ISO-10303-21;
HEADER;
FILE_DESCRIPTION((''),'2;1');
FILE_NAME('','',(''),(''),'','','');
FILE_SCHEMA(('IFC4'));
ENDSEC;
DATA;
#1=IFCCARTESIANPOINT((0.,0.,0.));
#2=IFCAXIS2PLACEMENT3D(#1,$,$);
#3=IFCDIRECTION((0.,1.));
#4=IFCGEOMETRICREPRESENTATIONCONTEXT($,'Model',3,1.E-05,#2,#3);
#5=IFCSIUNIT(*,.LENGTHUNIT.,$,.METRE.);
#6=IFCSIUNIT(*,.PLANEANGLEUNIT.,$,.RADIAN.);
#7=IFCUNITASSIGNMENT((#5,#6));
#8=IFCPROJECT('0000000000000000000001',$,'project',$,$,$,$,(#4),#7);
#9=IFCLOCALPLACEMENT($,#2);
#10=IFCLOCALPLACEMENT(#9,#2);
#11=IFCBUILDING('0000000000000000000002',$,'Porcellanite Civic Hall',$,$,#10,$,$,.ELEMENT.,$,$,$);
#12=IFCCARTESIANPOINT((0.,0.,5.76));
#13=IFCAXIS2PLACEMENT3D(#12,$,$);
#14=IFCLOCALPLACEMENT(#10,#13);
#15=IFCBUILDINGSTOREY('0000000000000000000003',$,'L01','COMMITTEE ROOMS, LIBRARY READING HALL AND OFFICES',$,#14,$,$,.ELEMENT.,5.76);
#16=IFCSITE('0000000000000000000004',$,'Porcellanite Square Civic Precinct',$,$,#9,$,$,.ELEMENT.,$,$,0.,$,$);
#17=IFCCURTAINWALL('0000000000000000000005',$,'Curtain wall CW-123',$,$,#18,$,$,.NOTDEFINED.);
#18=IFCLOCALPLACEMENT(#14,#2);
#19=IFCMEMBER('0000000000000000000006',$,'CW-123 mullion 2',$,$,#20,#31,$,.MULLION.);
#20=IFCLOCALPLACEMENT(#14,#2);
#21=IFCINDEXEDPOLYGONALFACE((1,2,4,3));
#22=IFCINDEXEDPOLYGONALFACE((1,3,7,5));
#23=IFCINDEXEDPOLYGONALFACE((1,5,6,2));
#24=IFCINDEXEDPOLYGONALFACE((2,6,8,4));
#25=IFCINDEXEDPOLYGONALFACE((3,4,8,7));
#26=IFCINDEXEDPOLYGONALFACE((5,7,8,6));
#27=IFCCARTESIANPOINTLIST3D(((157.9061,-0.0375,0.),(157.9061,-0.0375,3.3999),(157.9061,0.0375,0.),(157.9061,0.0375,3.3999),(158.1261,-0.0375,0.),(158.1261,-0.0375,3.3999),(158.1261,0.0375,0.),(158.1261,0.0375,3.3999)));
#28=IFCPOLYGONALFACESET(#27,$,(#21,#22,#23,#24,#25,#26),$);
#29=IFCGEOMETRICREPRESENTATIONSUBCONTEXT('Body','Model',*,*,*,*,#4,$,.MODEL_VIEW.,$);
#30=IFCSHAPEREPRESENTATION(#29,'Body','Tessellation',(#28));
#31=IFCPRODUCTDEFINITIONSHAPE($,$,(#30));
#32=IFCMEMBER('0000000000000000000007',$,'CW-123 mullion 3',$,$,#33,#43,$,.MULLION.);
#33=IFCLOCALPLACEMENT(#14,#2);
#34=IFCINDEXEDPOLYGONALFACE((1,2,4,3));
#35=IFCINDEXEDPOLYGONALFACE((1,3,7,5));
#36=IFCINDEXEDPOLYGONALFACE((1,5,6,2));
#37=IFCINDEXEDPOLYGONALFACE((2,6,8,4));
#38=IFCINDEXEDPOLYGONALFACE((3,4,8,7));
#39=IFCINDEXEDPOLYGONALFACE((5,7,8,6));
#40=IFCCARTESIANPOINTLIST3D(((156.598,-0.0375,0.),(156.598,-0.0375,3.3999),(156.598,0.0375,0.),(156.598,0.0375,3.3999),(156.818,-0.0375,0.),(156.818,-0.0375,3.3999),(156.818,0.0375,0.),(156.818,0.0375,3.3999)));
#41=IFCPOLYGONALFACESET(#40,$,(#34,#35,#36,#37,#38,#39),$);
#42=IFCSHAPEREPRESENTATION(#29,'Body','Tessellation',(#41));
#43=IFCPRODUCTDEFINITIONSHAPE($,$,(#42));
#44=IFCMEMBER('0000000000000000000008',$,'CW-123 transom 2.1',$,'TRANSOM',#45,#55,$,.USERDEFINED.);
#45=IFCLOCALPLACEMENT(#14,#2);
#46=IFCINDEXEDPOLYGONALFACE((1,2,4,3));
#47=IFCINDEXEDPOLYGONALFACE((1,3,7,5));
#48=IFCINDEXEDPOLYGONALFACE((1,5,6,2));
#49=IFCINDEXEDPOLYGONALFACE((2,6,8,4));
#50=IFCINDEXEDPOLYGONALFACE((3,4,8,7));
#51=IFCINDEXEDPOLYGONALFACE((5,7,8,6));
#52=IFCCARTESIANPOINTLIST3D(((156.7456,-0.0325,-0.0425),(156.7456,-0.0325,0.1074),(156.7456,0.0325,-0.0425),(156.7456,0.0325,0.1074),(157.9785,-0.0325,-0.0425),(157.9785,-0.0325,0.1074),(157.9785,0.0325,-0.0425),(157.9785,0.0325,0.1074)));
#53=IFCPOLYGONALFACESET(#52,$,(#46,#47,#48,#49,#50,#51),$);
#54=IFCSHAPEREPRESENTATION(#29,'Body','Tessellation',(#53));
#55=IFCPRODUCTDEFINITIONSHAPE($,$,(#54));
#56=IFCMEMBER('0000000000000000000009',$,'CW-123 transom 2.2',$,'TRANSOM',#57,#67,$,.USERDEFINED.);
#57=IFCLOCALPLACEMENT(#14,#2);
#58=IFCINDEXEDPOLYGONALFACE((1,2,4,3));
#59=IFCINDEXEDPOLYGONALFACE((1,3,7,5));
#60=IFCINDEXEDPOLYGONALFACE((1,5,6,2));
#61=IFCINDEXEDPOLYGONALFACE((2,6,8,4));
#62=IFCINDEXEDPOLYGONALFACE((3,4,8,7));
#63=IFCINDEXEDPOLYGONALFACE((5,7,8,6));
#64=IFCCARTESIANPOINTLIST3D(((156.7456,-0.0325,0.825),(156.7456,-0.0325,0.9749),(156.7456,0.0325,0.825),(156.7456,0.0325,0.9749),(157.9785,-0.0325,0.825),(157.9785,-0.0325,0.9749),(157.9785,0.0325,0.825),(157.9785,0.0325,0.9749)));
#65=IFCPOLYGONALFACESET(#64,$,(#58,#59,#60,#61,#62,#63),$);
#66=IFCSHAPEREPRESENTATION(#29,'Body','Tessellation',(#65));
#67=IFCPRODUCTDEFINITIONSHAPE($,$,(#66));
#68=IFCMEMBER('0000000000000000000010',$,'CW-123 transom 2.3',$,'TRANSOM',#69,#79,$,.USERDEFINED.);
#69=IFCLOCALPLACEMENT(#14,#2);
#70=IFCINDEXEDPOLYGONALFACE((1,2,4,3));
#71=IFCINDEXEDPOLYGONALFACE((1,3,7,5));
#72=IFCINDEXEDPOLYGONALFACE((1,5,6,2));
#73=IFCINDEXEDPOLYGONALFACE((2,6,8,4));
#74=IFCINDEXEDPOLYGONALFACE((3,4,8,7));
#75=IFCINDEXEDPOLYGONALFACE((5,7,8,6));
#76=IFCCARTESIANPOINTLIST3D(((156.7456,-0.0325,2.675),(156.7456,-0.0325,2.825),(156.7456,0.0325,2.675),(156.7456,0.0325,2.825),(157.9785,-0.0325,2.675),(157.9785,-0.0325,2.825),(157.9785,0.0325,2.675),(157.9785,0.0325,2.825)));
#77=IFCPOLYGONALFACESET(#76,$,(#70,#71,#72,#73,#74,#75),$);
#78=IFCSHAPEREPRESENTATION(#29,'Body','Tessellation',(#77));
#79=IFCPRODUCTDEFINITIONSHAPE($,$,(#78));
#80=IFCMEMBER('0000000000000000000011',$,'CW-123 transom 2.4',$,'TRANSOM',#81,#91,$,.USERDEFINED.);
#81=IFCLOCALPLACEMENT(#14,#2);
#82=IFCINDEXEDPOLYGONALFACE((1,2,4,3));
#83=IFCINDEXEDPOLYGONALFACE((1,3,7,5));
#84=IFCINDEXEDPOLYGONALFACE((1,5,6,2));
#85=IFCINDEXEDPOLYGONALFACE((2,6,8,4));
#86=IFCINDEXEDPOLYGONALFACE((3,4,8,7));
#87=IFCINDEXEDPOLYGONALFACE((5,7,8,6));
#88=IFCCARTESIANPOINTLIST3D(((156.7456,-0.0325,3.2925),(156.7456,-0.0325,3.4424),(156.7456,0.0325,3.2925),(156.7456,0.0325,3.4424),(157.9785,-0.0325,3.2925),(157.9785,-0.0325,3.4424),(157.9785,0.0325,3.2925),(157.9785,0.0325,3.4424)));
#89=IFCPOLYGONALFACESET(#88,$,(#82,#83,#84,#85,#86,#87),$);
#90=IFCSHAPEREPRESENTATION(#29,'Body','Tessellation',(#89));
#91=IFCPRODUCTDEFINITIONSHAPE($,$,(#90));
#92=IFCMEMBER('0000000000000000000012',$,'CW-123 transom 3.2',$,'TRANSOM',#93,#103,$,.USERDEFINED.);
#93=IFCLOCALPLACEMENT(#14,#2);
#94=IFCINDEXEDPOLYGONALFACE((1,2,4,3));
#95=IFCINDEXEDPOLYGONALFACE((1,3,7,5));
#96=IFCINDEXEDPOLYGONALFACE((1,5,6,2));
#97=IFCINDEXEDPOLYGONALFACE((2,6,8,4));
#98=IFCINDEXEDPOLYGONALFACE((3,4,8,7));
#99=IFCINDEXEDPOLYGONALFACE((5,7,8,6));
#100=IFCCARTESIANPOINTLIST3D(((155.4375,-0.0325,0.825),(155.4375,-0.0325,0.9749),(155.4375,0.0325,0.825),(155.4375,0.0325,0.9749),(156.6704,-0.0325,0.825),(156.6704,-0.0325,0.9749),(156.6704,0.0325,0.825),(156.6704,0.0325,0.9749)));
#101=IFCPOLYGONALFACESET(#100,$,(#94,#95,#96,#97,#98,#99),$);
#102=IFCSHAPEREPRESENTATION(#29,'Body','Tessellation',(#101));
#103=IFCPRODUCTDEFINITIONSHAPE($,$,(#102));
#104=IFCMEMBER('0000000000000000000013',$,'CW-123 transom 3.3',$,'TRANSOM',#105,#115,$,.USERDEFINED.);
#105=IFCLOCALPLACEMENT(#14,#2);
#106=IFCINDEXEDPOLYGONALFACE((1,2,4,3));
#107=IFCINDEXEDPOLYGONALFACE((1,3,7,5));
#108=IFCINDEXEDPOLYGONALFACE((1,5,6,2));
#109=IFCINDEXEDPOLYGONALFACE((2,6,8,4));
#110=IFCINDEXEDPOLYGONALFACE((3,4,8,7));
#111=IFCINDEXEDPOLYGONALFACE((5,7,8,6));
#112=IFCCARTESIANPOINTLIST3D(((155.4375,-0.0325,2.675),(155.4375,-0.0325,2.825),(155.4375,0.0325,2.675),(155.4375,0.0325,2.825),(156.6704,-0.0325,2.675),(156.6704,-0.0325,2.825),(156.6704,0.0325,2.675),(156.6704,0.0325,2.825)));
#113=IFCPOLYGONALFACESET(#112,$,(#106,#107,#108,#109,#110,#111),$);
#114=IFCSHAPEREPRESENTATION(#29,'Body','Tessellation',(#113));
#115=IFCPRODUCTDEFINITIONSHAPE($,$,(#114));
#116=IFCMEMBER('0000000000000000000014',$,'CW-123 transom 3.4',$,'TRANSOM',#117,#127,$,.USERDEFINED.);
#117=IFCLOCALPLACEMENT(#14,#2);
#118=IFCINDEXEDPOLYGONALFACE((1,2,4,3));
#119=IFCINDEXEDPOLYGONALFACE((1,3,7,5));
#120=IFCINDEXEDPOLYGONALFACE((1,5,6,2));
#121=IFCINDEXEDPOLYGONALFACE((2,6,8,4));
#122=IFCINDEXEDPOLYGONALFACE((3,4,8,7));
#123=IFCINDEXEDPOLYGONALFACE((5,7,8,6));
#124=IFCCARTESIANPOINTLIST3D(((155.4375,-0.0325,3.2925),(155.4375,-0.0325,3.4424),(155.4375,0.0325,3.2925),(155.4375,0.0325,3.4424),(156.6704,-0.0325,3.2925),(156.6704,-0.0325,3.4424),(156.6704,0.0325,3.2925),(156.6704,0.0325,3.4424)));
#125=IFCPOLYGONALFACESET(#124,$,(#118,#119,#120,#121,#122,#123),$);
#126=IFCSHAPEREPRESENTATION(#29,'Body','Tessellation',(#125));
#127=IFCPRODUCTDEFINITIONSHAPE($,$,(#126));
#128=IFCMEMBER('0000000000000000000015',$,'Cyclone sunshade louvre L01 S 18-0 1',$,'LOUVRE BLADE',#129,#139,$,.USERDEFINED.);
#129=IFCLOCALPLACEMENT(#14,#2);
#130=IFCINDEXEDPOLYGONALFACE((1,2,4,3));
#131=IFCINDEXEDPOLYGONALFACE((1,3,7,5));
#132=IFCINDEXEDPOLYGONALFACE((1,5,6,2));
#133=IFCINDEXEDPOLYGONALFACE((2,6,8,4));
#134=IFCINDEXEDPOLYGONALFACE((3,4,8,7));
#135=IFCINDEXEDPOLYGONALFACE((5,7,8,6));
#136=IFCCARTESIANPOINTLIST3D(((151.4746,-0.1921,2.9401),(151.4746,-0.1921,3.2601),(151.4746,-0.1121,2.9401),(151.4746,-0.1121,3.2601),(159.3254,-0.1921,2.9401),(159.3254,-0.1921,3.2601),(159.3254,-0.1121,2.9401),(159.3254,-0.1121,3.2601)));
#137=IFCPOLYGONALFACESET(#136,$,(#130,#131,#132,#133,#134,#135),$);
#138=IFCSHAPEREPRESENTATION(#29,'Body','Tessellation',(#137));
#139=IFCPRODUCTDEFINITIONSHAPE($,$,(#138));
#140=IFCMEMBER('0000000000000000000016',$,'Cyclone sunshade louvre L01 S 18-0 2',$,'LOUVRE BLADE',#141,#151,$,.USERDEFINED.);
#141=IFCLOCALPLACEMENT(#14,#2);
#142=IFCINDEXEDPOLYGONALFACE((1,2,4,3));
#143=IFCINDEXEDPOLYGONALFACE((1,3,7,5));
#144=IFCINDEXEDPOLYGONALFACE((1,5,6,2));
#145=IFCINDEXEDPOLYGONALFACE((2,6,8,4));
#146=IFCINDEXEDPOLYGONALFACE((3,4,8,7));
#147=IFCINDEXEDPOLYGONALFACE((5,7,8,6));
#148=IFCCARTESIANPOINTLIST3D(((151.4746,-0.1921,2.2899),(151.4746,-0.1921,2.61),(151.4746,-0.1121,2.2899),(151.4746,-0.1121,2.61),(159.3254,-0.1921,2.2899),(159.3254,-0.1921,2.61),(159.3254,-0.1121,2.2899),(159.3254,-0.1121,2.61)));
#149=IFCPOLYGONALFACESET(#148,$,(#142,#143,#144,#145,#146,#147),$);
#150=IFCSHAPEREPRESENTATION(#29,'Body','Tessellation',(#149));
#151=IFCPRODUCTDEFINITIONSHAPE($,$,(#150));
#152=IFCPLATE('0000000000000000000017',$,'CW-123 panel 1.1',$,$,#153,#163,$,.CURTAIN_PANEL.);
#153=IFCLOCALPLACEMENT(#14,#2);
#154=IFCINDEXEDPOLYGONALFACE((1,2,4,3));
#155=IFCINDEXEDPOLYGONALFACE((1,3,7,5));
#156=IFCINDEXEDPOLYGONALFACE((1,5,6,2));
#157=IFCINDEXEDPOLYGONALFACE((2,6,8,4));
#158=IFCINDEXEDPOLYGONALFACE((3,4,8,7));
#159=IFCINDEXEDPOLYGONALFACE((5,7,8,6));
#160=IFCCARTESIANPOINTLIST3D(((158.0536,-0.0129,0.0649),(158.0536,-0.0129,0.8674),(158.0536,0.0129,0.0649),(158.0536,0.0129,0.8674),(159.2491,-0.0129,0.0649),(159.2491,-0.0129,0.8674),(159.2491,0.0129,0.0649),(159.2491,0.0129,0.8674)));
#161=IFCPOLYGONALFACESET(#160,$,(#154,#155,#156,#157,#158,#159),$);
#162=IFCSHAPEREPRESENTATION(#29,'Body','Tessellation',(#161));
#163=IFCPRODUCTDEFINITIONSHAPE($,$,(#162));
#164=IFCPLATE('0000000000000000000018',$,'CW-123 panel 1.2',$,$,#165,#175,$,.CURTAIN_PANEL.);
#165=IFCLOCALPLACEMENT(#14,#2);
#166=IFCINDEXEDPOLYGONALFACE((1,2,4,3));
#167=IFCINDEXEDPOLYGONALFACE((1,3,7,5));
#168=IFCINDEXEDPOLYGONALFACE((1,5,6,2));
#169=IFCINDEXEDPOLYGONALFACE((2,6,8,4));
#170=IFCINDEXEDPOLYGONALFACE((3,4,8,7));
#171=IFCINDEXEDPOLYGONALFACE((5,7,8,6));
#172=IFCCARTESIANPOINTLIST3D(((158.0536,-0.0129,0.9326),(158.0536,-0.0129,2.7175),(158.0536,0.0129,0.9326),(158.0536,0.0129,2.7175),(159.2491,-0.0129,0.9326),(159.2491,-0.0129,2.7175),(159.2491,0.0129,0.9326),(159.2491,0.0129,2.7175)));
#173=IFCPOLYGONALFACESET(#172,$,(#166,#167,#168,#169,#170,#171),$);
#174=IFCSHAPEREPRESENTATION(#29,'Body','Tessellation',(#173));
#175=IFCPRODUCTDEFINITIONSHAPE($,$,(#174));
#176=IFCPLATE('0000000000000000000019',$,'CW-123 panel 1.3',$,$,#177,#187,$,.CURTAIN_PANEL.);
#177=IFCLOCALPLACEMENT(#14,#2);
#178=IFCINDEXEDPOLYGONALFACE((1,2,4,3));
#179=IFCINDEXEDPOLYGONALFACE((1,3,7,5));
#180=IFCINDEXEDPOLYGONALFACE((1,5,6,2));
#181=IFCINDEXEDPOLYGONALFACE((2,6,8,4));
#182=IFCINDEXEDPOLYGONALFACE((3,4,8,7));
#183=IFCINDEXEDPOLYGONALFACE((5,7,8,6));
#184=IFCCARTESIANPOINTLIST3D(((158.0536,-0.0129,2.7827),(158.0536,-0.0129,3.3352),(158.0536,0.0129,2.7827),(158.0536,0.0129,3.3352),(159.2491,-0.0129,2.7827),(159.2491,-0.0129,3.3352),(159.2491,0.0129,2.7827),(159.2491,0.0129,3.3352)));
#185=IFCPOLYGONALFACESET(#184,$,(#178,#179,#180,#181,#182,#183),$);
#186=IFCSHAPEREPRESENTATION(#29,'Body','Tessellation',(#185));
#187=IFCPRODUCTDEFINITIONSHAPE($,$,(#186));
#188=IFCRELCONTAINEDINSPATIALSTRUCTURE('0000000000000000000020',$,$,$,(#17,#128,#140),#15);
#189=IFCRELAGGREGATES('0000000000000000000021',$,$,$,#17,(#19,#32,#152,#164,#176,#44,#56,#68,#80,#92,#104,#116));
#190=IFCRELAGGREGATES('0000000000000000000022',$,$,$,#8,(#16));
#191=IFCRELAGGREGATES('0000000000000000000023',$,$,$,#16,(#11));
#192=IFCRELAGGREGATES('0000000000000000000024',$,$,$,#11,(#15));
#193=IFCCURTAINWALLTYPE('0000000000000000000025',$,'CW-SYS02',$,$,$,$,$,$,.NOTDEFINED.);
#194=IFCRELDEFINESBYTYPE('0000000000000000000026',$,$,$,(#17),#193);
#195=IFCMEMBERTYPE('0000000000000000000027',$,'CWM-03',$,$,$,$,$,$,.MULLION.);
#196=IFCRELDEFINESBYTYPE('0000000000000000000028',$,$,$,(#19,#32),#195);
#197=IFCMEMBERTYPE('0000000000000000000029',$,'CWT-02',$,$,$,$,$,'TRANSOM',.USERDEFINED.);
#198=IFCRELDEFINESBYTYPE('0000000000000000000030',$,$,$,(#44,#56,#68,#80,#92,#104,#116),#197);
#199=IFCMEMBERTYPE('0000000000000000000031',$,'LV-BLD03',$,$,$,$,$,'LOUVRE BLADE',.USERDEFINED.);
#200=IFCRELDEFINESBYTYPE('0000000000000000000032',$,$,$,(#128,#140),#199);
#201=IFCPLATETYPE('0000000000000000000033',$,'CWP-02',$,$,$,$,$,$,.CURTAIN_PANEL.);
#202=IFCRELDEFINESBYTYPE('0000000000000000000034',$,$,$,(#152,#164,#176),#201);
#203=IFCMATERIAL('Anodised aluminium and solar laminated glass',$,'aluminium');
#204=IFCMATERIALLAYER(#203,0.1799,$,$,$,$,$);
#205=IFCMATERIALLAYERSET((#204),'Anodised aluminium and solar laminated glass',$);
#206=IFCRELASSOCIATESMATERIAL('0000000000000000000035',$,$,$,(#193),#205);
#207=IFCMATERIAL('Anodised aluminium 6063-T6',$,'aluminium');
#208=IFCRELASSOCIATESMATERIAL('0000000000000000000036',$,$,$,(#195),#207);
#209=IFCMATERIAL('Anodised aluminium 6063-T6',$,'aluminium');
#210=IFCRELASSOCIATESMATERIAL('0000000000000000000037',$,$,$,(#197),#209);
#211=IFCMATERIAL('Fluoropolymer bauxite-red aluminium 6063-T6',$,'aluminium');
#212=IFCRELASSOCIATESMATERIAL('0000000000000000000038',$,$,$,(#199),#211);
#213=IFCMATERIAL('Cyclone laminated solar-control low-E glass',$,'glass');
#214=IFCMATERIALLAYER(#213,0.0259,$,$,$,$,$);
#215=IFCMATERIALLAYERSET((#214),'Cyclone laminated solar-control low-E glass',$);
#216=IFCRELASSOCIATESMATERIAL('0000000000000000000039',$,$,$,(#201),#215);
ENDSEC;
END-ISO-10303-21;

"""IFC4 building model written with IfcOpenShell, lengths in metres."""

from ifc_helpers import new_model, si_unit, direction, frame, origin, origin_2d, place, context, subcontext, project, spatial, rectangle, extrude, material, layer, layer_set, material_profile, profile_set, type_object, element, aggregate, save


model = new_model("IFC4")

# Units and contexts
model_context = context("Model", 3, precision=1e-05, world=origin(), true_north=direction((0.0, 1.0)))
body_context = subcontext(model_context, "Body", "Model", "MODEL_VIEW")
ifc_project = project(units=[si_unit("LENGTHUNIT", "METRE"), si_unit("PLANEANGLEUNIT", "RADIAN")], contexts=[model_context])

# Site, building, storey
site_placement = place(None, origin())
site = spatial("IfcSite", under=ifc_project, at=site_placement, Name="Porcellanite Square Civic Precinct", CompositionType="ELEMENT", RefElevation=0.0)
building_placement = place(site_placement, origin())
building = spatial("IfcBuilding", under=site, at=building_placement, Name="Porcellanite Civic Hall", CompositionType="ELEMENT")
storey_placement = place(building_placement, frame((0.0, 0.0, 5.76)))
storey = spatial("IfcBuildingStorey", under=building, at=storey_placement, Name="L01", Description="COMMITTEE ROOMS, LIBRARY READING HALL AND OFFICES", CompositionType="ELEMENT", Elevation=5.76)

# Curtain wall, members
ifc_material_1 = material(Name="Anodised aluminium and solar laminated glass", Category="aluminium")
ifc_layer_1 = layer(ifc_material_1, 0.1799)
ifc_layer_set_1 = layer_set([ifc_layer_1], Name="Anodised aluminium and solar laminated glass")
curtain_wall_type = type_object("IfcCurtainWallType", Name="CW-SYS02", PredefinedType="NOTDEFINED", material=ifc_layer_set_1)
curtain_wall_placement = place(storey_placement, origin())
curtain_wall = element("IfcCurtainWall", 1, at=curtain_wall_placement, inside=storey, type_object=curtain_wall_type, Name="Curtain wall CW-123", PredefinedType="NOTDEFINED")
ifc_material_2 = material(Name="Anodised aluminium 6063-T6", Category="aluminium")
ifc_material_profile_1 = material_profile(ifc_material_2, rectangle(XDim=0.075, YDim=0.22, at=origin_2d()), Name="AL-75x220")
ifc_profile_set_1 = profile_set([ifc_material_profile_1], Name="Anodised aluminium 6063-T6")
member_type_1 = type_object("IfcMemberType", Name="CWM-03", PredefinedType="MULLION", material=ifc_profile_set_1)
member_1_placement = place(storey_placement, frame((158.0161, 0.0, 0.0), z_axis=(0.0, 0.0, 1.0), x_axis=(0.0, -1.0, 0.0)))
member_1 = element("IfcMember", 2, at=member_1_placement, type_object=member_type_1, Name="CW-123 mullion 2", PredefinedType="MULLION", context=body_context, shape_type="SweptSolid", body=[
    extrude(rectangle(XDim=0.075, YDim=0.22, at=origin_2d()), origin(), (0.0, 0.0, 1.0), 3.3999),
])
member_2_placement = place(storey_placement, frame((156.708, 0.0, 0.0), z_axis=(0.0, 0.0, 1.0), x_axis=(0.0, -1.0, 0.0)))
member_2 = element("IfcMember", 3, at=member_2_placement, type_object=member_type_1, Name="CW-123 mullion 3", PredefinedType="MULLION", context=body_context, shape_type="SweptSolid", body=[
    extrude(rectangle(XDim=0.075, YDim=0.22, at=origin_2d()), origin(), (0.0, 0.0, 1.0), 3.3999),
])
ifc_material_3 = material(Name="Anodised aluminium 6063-T6", Category="aluminium")
ifc_material_profile_2 = material_profile(ifc_material_3, rectangle(XDim=0.0649, YDim=0.1499, at=origin_2d()), Name="AL-65x150")
ifc_profile_set_2 = profile_set([ifc_material_profile_2], Name="Anodised aluminium 6063-T6")
member_type_2 = type_object("IfcMemberType", Name="CWT-02", ElementType="TRANSOM", PredefinedType="USERDEFINED", material=ifc_profile_set_2)
member_3_placement = place(storey_placement, frame((157.9785, 0.0, 0.0325), z_axis=(-1.0, 0.0, 0.0), x_axis=(0.0, -1.0, 0.0)))
member_3 = element("IfcMember", 4, at=member_3_placement, type_object=member_type_2, Name="CW-123 transom 2.1", ObjectType="TRANSOM", PredefinedType="USERDEFINED", context=body_context, shape_type="SweptSolid", body=[
    extrude(rectangle(XDim=0.0649, YDim=0.1499, at=origin_2d()), origin(), (0.0, 0.0, 1.0), 1.2329),
])
member_4_placement = place(storey_placement, frame((157.9785, 0.0, 0.8999), z_axis=(-1.0, 0.0, 0.0), x_axis=(0.0, -1.0, 0.0)))
member_4 = element("IfcMember", 5, at=member_4_placement, type_object=member_type_2, Name="CW-123 transom 2.2", ObjectType="TRANSOM", PredefinedType="USERDEFINED", context=body_context, shape_type="SweptSolid", body=[
    extrude(rectangle(XDim=0.0649, YDim=0.1499, at=origin_2d()), origin(), (0.0, 0.0, 1.0), 1.2329),
])
member_5_placement = place(storey_placement, frame((157.9785, 0.0, 2.75), z_axis=(-1.0, 0.0, 0.0), x_axis=(0.0, -1.0, 0.0)))
member_5 = element("IfcMember", 6, at=member_5_placement, type_object=member_type_2, Name="CW-123 transom 2.3", ObjectType="TRANSOM", PredefinedType="USERDEFINED", context=body_context, shape_type="SweptSolid", body=[
    extrude(rectangle(XDim=0.0649, YDim=0.1499, at=origin_2d()), origin(), (0.0, 0.0, 1.0), 1.2329),
])
member_6_placement = place(storey_placement, frame((157.9785, 0.0, 3.3674), z_axis=(-1.0, 0.0, 0.0), x_axis=(0.0, -1.0, 0.0)))
member_6 = element("IfcMember", 7, at=member_6_placement, type_object=member_type_2, Name="CW-123 transom 2.4", ObjectType="TRANSOM", PredefinedType="USERDEFINED", context=body_context, shape_type="SweptSolid", body=[
    extrude(rectangle(XDim=0.0649, YDim=0.1499, at=origin_2d()), origin(), (0.0, 0.0, 1.0), 1.2329),
])
member_7_placement = place(storey_placement, frame((156.6704, 0.0, 0.8999), z_axis=(-1.0, 0.0, 0.0), x_axis=(0.0, -1.0, 0.0)))
member_7 = element("IfcMember", 8, at=member_7_placement, type_object=member_type_2, Name="CW-123 transom 3.2", ObjectType="TRANSOM", PredefinedType="USERDEFINED", context=body_context, shape_type="SweptSolid", body=[
    extrude(rectangle(XDim=0.0649, YDim=0.1499, at=origin_2d()), origin(), (0.0, 0.0, 1.0), 1.2329),
])
member_8_placement = place(storey_placement, frame((156.6704, 0.0, 2.75), z_axis=(-1.0, 0.0, 0.0), x_axis=(0.0, -1.0, 0.0)))
member_8 = element("IfcMember", 9, at=member_8_placement, type_object=member_type_2, Name="CW-123 transom 3.3", ObjectType="TRANSOM", PredefinedType="USERDEFINED", context=body_context, shape_type="SweptSolid", body=[
    extrude(rectangle(XDim=0.0649, YDim=0.1499, at=origin_2d()), origin(), (0.0, 0.0, 1.0), 1.2329),
])
member_9_placement = place(storey_placement, frame((156.6704, 0.0, 3.3674), z_axis=(-1.0, 0.0, 0.0), x_axis=(0.0, -1.0, 0.0)))
member_9 = element("IfcMember", 10, at=member_9_placement, type_object=member_type_2, Name="CW-123 transom 3.4", ObjectType="TRANSOM", PredefinedType="USERDEFINED", context=body_context, shape_type="SweptSolid", body=[
    extrude(rectangle(XDim=0.0649, YDim=0.1499, at=origin_2d()), origin(), (0.0, 0.0, 1.0), 1.2329),
])

# Members
ifc_material_4 = material(Name="Fluoropolymer bauxite-red aluminium 6063-T6", Category="aluminium")
ifc_material_profile_3 = material_profile(ifc_material_4, rectangle(XDim=0.0801, YDim=0.3201, at=origin_2d()), Name="AL-80x320")
ifc_profile_set_3 = profile_set([ifc_material_profile_3], Name="Fluoropolymer bauxite-red aluminium 6063-T6")
member_type_3 = type_object("IfcMemberType", Name="LV-BLD03", ElementType="LOUVRE BLADE", PredefinedType="USERDEFINED", material=ifc_profile_set_3)
for number, where, z_axis, x_axis, name in (
    (11, (159.3254, -0.1521, 3.1001), (-1.0, 0.0, 0.0), (0.0, -1.0, 0.0), "Cyclone sunshade louvre L01 S 18-0 1"),
    (12, (159.3254, -0.1521, 2.45), (-1.0, 0.0, 0.0), (0.0, -1.0, 0.0), "Cyclone sunshade louvre L01 S 18-0 2"),
):
    element("IfcMember", number, at=place(storey_placement, frame(where, z_axis=z_axis, x_axis=x_axis)), inside=storey, type_object=member_type_3, Name=name, ObjectType="LOUVRE BLADE", PredefinedType="USERDEFINED", context=body_context, shape_type="SweptSolid", body=[
        extrude(rectangle(XDim=0.0801, YDim=0.3201, at=origin_2d()), origin(), (0.0, 0.0, 1.0), 7.8508),
    ])

# Plates
ifc_material_5 = material(Name="Cyclone laminated solar-control low-E glass", Category="glass")
ifc_layer_2 = layer(ifc_material_5, 0.0259)
ifc_layer_set_2 = layer_set([ifc_layer_2], Name="Cyclone laminated solar-control low-E glass")
plate_type = type_object("IfcPlateType", Name="CWP-02", PredefinedType="CURTAIN_PANEL", material=ifc_layer_set_2)
plate_1_placement = place(storey_placement, frame((158.6514, 0.0, 0.0649), z_axis=(0.0, 0.0, 1.0), x_axis=(-1.0, 0.0, 0.0)))
plate_1 = element("IfcPlate", 13, at=plate_1_placement, type_object=plate_type, Name="CW-123 panel 1.1", PredefinedType="CURTAIN_PANEL", context=body_context, shape_type="SweptSolid", body=[
    extrude(rectangle(XDim=1.1956, YDim=0.0259, at=origin_2d()), origin(), (0.0, 0.0, 1.0), 0.8025),
])
plate_2_placement = place(storey_placement, frame((158.6514, 0.0, 0.9326), z_axis=(0.0, 0.0, 1.0), x_axis=(-1.0, 0.0, 0.0)))
plate_2 = element("IfcPlate", 14, at=plate_2_placement, type_object=plate_type, Name="CW-123 panel 1.2", PredefinedType="CURTAIN_PANEL", context=body_context, shape_type="SweptSolid", body=[
    extrude(rectangle(XDim=1.1956, YDim=0.0259, at=origin_2d()), origin(), (0.0, 0.0, 1.0), 1.7849),
])
plate_3_placement = place(storey_placement, frame((158.6514, 0.0, 2.7827), z_axis=(0.0, 0.0, 1.0), x_axis=(-1.0, 0.0, 0.0)))
plate_3 = element("IfcPlate", 15, at=plate_3_placement, type_object=plate_type, Name="CW-123 panel 1.3", PredefinedType="CURTAIN_PANEL", context=body_context, shape_type="SweptSolid", body=[
    extrude(rectangle(XDim=1.1956, YDim=0.0259, at=origin_2d()), origin(), (0.0, 0.0, 1.0), 0.5525),
])
aggregate(curtain_wall, [member_1, member_2, plate_1, plate_2, plate_3, member_3, member_4, member_5, member_6, member_7, member_8, member_9])

save(model, "model.ifc")
